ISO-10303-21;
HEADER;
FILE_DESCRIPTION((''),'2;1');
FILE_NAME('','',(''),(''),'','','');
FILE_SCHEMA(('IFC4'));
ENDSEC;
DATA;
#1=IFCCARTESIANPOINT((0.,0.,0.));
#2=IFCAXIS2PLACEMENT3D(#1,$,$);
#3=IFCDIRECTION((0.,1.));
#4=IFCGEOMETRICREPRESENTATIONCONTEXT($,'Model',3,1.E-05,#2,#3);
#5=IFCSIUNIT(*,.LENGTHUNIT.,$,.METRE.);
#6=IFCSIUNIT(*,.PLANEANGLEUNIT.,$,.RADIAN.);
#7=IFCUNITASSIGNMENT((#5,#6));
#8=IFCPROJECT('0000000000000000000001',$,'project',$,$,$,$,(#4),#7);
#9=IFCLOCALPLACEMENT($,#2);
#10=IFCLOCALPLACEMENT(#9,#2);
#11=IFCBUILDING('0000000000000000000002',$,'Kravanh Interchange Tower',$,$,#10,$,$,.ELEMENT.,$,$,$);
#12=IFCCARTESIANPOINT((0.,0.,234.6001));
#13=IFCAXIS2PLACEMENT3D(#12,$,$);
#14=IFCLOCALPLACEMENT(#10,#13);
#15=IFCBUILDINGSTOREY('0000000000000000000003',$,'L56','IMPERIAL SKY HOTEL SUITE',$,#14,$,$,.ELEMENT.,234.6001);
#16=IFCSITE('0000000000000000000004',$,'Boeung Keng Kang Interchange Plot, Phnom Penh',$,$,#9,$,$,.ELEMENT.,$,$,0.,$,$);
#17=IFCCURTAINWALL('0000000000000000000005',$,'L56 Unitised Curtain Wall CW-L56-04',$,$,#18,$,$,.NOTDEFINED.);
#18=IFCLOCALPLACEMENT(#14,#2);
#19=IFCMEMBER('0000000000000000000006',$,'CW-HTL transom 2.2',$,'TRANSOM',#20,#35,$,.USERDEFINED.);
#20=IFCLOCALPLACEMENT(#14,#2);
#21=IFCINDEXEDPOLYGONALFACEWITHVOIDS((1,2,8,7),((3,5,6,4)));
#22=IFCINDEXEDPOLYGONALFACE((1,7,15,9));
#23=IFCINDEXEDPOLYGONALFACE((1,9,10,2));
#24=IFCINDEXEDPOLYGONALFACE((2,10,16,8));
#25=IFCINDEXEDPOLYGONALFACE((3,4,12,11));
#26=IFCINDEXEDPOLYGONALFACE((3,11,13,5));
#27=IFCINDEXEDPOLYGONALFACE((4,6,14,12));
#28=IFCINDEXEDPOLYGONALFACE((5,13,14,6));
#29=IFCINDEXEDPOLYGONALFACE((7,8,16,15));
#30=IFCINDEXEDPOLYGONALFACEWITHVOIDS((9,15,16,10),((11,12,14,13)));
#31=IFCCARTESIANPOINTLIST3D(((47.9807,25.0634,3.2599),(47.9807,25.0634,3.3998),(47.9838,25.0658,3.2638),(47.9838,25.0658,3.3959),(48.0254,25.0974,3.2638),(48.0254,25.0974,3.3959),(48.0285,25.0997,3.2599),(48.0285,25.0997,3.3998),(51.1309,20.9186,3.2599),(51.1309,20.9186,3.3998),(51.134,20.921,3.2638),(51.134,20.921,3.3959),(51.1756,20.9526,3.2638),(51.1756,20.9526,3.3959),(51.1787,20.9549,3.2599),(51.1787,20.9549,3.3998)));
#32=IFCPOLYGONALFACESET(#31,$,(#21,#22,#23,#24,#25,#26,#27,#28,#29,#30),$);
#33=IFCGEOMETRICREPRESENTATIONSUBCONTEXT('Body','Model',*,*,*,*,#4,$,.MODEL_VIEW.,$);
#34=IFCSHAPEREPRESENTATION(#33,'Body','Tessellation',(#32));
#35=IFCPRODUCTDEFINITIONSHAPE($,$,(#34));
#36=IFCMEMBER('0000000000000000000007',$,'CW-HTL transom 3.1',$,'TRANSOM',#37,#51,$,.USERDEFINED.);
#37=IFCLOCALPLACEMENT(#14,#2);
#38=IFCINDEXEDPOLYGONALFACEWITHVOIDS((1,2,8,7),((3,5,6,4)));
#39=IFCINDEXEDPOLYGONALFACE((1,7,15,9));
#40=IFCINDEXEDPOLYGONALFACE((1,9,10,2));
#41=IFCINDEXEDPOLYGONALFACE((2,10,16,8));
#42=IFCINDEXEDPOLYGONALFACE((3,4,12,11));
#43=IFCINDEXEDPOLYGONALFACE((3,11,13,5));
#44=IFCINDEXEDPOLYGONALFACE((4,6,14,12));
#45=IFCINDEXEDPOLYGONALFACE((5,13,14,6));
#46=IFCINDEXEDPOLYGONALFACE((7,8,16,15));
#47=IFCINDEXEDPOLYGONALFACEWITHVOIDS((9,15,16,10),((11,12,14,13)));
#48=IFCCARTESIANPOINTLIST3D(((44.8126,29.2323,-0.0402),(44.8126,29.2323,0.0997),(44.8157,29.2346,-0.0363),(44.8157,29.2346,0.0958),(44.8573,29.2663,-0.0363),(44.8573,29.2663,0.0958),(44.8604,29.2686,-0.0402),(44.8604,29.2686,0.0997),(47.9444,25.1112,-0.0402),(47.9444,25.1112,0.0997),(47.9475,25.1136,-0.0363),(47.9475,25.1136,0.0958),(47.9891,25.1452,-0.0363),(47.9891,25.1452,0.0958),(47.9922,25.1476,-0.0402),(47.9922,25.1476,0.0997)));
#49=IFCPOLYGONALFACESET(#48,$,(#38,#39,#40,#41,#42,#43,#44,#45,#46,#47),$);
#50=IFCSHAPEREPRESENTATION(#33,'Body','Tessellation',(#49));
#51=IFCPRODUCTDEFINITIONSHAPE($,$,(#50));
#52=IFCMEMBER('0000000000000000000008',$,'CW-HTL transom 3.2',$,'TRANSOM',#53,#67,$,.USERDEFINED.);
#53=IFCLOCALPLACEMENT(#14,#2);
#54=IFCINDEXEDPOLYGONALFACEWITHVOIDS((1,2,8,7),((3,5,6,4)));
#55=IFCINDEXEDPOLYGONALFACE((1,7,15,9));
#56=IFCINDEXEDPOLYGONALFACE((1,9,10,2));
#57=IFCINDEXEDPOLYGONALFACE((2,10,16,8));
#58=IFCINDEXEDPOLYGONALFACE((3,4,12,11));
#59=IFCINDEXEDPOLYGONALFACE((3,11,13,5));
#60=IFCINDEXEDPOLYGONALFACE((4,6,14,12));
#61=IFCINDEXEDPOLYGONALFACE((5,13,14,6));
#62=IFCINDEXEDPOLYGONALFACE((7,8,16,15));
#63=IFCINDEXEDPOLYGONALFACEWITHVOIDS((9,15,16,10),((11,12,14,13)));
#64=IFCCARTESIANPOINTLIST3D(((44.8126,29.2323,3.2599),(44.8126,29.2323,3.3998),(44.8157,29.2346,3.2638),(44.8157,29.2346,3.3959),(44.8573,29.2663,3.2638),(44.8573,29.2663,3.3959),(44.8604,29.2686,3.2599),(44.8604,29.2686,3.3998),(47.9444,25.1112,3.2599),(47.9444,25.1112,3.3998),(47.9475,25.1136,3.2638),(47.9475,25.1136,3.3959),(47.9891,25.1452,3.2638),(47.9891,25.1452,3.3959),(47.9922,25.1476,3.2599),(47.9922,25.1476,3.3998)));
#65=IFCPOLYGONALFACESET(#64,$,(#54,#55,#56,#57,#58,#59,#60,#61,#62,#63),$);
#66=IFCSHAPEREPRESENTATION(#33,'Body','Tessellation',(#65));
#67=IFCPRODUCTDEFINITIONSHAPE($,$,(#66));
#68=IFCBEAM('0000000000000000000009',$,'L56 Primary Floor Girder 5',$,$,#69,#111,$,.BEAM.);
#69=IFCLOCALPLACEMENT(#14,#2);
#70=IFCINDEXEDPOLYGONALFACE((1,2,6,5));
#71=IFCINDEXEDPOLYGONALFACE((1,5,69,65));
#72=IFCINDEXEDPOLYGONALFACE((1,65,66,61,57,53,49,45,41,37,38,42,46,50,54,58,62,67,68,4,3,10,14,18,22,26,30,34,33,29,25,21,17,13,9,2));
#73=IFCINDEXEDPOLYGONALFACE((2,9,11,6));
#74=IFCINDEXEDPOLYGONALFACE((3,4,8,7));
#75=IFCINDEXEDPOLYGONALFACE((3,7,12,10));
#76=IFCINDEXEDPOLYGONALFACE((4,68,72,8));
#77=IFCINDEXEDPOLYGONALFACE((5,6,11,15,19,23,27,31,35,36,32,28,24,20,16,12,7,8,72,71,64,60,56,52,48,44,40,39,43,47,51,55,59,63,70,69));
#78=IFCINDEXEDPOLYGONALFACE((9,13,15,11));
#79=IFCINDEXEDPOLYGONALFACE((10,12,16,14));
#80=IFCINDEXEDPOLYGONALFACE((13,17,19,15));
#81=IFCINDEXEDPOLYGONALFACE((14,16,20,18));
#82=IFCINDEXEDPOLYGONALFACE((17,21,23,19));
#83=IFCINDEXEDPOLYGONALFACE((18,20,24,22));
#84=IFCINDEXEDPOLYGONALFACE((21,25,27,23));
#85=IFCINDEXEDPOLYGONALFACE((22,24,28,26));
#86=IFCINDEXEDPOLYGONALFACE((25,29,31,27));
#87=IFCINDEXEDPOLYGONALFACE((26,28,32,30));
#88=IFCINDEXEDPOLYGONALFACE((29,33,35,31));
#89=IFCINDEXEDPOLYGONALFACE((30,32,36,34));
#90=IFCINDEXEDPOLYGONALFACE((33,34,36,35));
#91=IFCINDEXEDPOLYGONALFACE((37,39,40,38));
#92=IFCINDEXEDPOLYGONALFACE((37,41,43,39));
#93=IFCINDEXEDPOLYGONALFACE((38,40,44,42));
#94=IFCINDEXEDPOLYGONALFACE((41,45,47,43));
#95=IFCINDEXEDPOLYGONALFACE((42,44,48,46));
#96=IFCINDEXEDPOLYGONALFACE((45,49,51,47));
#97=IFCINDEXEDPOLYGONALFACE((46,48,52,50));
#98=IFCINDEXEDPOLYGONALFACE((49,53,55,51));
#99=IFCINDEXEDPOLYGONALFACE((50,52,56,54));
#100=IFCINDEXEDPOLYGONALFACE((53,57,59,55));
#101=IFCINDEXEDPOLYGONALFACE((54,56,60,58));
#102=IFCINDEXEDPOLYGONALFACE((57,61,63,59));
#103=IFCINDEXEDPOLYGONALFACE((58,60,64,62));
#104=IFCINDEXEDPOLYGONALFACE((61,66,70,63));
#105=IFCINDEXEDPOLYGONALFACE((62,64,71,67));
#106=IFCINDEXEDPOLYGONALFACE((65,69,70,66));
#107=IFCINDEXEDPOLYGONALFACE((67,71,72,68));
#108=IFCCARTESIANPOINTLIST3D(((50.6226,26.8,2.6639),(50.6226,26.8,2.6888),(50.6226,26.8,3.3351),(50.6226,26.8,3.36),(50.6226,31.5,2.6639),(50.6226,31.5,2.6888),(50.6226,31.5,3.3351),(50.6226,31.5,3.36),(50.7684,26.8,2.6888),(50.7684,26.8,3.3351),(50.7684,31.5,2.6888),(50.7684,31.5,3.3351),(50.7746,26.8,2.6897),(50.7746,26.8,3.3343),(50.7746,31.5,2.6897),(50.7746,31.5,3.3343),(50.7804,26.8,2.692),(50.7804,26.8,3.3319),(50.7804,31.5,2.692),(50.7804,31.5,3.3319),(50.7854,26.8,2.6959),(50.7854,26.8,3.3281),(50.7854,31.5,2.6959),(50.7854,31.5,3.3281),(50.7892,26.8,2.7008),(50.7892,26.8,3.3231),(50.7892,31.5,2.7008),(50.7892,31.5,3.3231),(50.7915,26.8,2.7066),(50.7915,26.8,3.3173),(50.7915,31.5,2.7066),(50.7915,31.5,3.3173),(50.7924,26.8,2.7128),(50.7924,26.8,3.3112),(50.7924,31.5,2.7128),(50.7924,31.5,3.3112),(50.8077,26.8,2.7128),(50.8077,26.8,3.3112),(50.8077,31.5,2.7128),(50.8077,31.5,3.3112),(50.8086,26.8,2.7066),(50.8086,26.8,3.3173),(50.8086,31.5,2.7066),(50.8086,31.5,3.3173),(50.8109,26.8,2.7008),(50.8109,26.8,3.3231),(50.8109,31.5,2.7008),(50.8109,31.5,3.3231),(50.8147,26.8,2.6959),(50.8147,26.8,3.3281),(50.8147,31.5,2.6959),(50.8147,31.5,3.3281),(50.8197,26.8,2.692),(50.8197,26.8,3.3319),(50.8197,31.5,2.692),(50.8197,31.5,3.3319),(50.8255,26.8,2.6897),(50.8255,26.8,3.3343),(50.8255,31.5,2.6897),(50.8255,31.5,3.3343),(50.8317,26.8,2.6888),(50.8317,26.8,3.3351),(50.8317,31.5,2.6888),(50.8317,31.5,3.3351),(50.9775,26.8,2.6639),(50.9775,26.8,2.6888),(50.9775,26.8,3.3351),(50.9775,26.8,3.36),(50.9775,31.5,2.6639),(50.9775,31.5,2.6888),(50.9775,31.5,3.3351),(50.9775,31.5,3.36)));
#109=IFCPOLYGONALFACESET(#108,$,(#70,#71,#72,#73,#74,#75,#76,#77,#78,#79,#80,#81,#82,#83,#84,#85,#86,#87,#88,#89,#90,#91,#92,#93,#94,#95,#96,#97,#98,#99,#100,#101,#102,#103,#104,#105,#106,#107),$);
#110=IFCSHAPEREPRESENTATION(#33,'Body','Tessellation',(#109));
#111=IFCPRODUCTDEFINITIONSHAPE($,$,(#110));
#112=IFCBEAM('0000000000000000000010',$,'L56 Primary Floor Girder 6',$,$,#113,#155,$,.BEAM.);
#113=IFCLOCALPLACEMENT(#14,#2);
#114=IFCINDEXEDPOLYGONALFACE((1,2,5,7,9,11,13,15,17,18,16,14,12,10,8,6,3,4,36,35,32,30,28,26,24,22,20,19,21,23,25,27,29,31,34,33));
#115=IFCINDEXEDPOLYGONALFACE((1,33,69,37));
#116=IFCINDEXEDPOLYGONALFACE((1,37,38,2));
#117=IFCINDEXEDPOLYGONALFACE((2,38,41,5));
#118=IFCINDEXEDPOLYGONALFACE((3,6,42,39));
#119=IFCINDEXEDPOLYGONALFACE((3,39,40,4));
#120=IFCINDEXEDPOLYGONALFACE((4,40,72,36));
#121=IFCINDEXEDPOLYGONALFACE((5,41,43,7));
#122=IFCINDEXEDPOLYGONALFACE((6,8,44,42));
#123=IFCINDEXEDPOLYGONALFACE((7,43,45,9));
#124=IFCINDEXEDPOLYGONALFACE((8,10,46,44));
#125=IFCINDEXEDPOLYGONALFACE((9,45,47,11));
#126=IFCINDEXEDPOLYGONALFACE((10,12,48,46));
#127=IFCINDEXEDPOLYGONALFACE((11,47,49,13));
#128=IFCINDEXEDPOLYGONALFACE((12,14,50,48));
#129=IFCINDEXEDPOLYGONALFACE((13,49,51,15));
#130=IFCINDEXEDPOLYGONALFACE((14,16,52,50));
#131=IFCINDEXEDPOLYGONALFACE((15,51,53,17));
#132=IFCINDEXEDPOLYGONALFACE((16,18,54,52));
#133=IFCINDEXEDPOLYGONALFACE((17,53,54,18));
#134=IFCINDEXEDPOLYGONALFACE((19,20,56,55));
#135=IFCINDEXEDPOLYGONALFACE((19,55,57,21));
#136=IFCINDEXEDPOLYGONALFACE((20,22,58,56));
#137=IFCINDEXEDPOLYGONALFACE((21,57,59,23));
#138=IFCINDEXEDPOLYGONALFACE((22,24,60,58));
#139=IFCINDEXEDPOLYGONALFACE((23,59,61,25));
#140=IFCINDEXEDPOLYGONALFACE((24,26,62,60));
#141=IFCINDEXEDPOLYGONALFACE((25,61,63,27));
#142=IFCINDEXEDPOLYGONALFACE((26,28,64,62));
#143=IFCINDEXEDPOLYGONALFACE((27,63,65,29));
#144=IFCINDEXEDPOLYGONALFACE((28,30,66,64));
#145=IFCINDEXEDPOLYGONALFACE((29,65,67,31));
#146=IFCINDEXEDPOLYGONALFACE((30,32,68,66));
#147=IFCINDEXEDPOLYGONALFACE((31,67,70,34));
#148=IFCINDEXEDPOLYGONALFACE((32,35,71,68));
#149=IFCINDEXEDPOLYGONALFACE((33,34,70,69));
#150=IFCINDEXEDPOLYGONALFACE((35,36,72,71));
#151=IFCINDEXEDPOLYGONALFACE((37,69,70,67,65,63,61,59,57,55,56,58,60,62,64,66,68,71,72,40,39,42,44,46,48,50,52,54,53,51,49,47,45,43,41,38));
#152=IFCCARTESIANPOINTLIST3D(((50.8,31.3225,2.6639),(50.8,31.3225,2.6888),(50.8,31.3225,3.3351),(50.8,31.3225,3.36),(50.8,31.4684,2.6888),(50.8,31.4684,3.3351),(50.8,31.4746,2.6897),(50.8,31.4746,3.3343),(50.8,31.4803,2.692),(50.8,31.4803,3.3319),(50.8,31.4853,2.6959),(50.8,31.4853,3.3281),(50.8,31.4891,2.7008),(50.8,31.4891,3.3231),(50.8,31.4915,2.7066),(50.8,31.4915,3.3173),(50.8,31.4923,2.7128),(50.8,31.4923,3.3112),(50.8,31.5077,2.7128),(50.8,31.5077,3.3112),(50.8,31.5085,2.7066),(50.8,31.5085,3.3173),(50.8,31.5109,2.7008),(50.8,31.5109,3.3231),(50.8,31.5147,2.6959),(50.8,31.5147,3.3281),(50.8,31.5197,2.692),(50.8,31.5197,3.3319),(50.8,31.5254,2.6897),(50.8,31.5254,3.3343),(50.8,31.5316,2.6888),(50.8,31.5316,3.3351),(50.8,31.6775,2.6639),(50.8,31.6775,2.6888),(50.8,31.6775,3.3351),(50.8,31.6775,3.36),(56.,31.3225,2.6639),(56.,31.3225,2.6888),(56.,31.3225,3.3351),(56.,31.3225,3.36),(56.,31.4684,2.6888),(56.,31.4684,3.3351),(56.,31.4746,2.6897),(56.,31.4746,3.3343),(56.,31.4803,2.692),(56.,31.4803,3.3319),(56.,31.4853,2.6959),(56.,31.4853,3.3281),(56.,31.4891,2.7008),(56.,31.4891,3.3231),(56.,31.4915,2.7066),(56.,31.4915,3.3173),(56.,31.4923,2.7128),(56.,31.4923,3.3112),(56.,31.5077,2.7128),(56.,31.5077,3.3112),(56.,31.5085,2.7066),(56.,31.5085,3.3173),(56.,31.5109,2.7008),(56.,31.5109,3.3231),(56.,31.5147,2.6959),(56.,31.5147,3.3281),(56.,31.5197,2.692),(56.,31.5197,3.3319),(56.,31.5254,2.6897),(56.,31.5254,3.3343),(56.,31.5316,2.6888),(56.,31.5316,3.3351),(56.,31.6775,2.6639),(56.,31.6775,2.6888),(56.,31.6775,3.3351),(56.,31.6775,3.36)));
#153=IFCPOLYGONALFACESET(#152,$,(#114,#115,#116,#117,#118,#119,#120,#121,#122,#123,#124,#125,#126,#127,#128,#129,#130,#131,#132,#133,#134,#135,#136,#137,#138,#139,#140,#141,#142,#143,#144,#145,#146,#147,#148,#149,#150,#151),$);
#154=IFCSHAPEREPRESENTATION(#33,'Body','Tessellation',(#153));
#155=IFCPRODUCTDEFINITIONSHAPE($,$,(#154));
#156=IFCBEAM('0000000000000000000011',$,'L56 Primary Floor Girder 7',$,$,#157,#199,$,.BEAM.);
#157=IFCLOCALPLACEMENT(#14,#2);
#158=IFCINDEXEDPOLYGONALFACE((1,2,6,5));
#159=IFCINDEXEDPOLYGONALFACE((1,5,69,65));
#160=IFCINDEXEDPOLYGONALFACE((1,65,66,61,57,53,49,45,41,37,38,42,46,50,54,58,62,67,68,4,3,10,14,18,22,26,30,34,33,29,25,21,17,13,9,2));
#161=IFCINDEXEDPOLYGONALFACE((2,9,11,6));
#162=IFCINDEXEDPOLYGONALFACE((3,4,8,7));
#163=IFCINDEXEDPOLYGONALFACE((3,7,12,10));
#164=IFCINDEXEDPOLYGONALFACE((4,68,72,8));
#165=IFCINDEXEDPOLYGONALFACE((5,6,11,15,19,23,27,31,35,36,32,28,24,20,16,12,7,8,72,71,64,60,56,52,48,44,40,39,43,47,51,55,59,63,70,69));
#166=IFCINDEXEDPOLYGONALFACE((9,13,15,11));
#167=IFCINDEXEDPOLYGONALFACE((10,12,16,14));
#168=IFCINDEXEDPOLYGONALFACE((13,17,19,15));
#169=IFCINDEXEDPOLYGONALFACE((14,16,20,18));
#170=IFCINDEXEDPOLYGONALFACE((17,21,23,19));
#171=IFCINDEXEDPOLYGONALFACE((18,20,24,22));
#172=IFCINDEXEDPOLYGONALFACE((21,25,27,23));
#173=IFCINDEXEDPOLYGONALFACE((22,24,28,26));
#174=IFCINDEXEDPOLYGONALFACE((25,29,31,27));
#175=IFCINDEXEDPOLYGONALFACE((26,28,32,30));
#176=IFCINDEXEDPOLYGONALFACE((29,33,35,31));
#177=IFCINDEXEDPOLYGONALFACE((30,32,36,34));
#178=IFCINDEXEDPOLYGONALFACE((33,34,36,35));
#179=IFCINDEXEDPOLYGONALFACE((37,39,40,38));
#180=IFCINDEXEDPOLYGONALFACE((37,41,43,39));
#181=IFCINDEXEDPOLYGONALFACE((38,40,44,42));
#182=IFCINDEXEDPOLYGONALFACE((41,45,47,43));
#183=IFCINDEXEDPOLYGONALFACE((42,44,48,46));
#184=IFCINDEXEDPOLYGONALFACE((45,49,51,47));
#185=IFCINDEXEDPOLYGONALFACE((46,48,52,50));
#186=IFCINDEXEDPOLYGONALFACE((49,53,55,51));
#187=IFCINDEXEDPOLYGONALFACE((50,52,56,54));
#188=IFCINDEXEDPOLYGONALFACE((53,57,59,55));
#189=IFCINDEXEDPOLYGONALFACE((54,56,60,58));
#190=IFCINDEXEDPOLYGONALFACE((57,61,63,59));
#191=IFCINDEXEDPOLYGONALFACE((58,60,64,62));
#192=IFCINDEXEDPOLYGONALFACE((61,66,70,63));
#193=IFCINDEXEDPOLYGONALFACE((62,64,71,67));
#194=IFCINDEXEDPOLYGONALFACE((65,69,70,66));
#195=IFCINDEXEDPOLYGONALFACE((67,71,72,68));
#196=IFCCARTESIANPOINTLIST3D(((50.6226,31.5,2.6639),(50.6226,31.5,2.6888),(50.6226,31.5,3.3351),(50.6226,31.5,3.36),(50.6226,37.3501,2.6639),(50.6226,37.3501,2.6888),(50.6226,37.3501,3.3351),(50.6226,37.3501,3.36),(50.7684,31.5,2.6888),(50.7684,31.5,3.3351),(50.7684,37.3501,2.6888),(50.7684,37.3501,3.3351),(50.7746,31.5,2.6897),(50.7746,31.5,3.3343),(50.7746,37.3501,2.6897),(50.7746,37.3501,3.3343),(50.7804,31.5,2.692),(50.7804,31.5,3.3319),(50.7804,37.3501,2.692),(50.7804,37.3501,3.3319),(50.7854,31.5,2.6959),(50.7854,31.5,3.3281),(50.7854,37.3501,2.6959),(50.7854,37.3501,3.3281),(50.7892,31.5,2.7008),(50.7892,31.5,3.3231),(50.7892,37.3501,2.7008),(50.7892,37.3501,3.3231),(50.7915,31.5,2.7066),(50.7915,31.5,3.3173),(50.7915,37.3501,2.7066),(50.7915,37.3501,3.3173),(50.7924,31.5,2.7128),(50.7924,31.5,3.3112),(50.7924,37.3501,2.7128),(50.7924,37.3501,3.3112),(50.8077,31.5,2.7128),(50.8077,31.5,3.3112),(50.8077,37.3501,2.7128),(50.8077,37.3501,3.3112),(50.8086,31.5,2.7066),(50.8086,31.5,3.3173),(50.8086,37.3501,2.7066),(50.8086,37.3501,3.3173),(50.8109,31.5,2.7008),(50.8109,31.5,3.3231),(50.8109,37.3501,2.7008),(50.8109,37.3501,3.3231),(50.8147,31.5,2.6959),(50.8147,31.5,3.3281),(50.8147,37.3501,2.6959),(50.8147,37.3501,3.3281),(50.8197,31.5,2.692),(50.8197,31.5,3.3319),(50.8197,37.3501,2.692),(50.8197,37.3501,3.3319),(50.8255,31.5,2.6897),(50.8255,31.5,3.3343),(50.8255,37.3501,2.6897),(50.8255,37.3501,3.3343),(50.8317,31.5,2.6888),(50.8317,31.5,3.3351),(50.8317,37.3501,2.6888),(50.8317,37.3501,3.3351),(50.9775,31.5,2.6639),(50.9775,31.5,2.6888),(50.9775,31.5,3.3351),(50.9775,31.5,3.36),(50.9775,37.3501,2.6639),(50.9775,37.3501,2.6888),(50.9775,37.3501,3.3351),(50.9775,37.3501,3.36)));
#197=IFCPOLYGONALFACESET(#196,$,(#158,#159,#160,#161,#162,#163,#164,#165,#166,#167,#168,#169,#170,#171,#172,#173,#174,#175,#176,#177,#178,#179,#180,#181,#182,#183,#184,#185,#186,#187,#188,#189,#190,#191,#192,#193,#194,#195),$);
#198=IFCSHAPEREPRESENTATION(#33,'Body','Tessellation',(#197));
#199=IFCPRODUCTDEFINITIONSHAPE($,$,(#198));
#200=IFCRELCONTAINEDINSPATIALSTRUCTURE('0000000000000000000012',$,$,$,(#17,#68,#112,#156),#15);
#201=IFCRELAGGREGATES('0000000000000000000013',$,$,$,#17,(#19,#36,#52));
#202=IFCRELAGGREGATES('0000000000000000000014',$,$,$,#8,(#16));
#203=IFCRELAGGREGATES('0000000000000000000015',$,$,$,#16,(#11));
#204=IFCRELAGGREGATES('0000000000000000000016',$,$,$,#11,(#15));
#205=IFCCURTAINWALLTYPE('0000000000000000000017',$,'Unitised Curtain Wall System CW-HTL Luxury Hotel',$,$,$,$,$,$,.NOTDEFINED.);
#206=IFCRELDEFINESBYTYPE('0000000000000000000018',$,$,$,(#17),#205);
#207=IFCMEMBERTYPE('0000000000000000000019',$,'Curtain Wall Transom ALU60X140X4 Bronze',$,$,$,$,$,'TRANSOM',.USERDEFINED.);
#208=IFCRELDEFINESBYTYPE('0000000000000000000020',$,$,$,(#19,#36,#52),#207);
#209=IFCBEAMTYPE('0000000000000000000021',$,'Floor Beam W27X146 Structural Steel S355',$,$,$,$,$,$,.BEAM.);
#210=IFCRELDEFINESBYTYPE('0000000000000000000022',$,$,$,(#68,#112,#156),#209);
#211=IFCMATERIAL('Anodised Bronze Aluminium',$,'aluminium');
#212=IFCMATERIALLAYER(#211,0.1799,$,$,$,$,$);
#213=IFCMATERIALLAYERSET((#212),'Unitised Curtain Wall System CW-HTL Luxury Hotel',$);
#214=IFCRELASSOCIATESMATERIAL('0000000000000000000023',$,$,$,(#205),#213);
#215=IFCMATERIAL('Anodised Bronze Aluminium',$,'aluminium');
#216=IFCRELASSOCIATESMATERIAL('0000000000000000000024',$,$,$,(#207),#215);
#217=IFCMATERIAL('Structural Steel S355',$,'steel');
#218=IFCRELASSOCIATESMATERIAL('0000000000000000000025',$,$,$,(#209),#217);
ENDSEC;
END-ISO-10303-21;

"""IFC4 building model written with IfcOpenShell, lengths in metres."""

from ifc_helpers import new_model, si_unit, direction, frame, origin, origin_2d, place, context, subcontext, project, spatial, hollow_rectangle, i_section, extrude, material, layer, layer_set, material_profile, profile_set, type_object, element, aggregate, save


model = new_model("IFC4")

# Units and contexts
model_context = context("Model", 3, precision=1e-05, world=origin(), true_north=direction((0.0, 1.0)))
body_context = subcontext(model_context, "Body", "Model", "MODEL_VIEW")
ifc_project = project(units=[si_unit("LENGTHUNIT", "METRE"), si_unit("PLANEANGLEUNIT", "RADIAN")], contexts=[model_context])

# Site, building, storey
site_placement = place(None, origin())
site = spatial("IfcSite", under=ifc_project, at=site_placement, Name="Boeung Keng Kang Interchange Plot, Phnom Penh", CompositionType="ELEMENT", RefElevation=0.0)
building_placement = place(site_placement, origin())
building = spatial("IfcBuilding", under=site, at=building_placement, Name="Kravanh Interchange Tower", CompositionType="ELEMENT")
storey_placement = place(building_placement, frame((0.0, 0.0, 234.6001)))
storey = spatial("IfcBuildingStorey", under=building, at=storey_placement, Name="L56", Description="IMPERIAL SKY HOTEL SUITE", CompositionType="ELEMENT", Elevation=234.6001)

# Shared definitions
ifc_material_1 = material(Name="Anodised Bronze Aluminium", Category="aluminium")
ifc_layer_1 = layer(ifc_material_1, 0.1799)
ifc_layer_set_1 = layer_set([ifc_layer_1], Name="Unitised Curtain Wall System CW-HTL Luxury Hotel")
curtain_wall_type = type_object("IfcCurtainWallType", Name="Unitised Curtain Wall System CW-HTL Luxury Hotel", PredefinedType="NOTDEFINED", material=ifc_layer_set_1)

# Curtain wall, members
curtain_wall_1_placement = place(storey_placement, origin())
curtain_wall_1 = element("IfcCurtainWall", 1, at=curtain_wall_1_placement, inside=storey, type_object=curtain_wall_type, Name="L56 Unitised Curtain Wall CW-L56-04", PredefinedType="NOTDEFINED")
ifc_material_2 = material(Name="Anodised Bronze Aluminium", Category="aluminium")
ifc_material_profile_1 = material_profile(ifc_material_2, hollow_rectangle(XDim=0.0601, YDim=0.1399, WallThickness=0.0039, at=origin_2d()), Name="ALU60X140X4")
ifc_profile_set_1 = profile_set([ifc_material_profile_1], Name="Anodised Bronze Aluminium")
member_type_1 = type_object("IfcMemberType", Name="Curtain Wall Transom ALU60X140X4 Bronze", ElementType="TRANSOM", PredefinedType="USERDEFINED", material=ifc_profile_set_1)
member_1_placement = place(storey_placement, frame((51.1548, 20.9368, 3.3298), z_axis=(-0.605098, 0.796151, 0.0), x_axis=(-0.796151, -0.605098, 0.0)))
member_1 = element("IfcMember", 2, at=member_1_placement, type_object=member_type_1, Name="CW-HTL transom 2.2", ObjectType="TRANSOM", PredefinedType="USERDEFINED", context=body_context, shape_type="SweptSolid", body=[
    extrude(hollow_rectangle(XDim=0.0601, YDim=0.1399, WallThickness=0.0039, at=origin_2d()), origin(), (0.0, 0.0, 1.0), 5.2061),
])
member_2_placement = place(storey_placement, frame((47.9683, 25.1294, 0.0298), z_axis=(-0.605059, 0.79618, 0.0), x_axis=(-0.79618, -0.605059, 0.0)))
member_2 = element("IfcMember", 3, at=member_2_placement, type_object=member_type_1, Name="CW-HTL transom 3.1", ObjectType="TRANSOM", PredefinedType="USERDEFINED", context=body_context, shape_type="SweptSolid", body=[
    extrude(hollow_rectangle(XDim=0.0601, YDim=0.1399, WallThickness=0.0039, at=origin_2d()), origin(), (0.0, 0.0, 1.0), 5.176),
])
member_3_placement = place(storey_placement, frame((47.9683, 25.1294, 3.3298), z_axis=(-0.605059, 0.79618, 0.0), x_axis=(-0.79618, -0.605059, 0.0)))
member_3 = element("IfcMember", 4, at=member_3_placement, type_object=member_type_1, Name="CW-HTL transom 3.2", ObjectType="TRANSOM", PredefinedType="USERDEFINED", context=body_context, shape_type="SweptSolid", body=[
    extrude(hollow_rectangle(XDim=0.0601, YDim=0.1399, WallThickness=0.0039, at=origin_2d()), origin(), (0.0, 0.0, 1.0), 5.176),
])

# Beams
ifc_material_3 = material(Name="Structural Steel S355", Category="steel")
ifc_material_profile_2 = material_profile(ifc_material_3, i_section(OverallWidth=0.355, OverallDepth=0.696, WebThickness=0.0154, FlangeThickness=0.0249, FilletRadius=0.0239, at=origin_2d()), Name="W27X146")
ifc_profile_set_2 = profile_set([ifc_material_profile_2], Name="Structural Steel S355")
beam_type_1 = type_object("IfcBeamType", Name="Floor Beam W27X146 Structural Steel S355", PredefinedType="BEAM", material=ifc_profile_set_2)
beam_1_placement = place(storey_placement, frame((50.8, 31.5, 3.012), z_axis=(0.0, -1.0, 0.0), x_axis=(1.0, 0.0, 0.0)))
element("IfcBeam", 5, at=beam_1_placement, inside=storey, type_object=beam_type_1, Name="L56 Primary Floor Girder 5", PredefinedType="BEAM", context=body_context, shape_type="SweptSolid", body=[
    extrude(i_section(OverallWidth=0.355, OverallDepth=0.696, WebThickness=0.0154, FlangeThickness=0.0249, FilletRadius=0.0239, at=origin_2d()), origin(), (0.0, 0.0, 1.0), 4.7),
])
beam_2_placement = place(storey_placement, frame((50.8, 31.5, 3.012), z_axis=(1.0, 0.0, 0.0), x_axis=(0.0, 1.0, 0.0)))
element("IfcBeam", 6, at=beam_2_placement, inside=storey, type_object=beam_type_1, Name="L56 Primary Floor Girder 6", PredefinedType="BEAM", context=body_context, shape_type="SweptSolid", body=[
    extrude(i_section(OverallWidth=0.355, OverallDepth=0.696, WebThickness=0.0154, FlangeThickness=0.0249, FilletRadius=0.0239, at=origin_2d()), origin(), (0.0, 0.0, 1.0), 5.2),
])
beam_3_placement = place(storey_placement, frame((50.8, 31.5, 3.012), z_axis=(0.0, 1.0, 0.0), x_axis=(-1.0, 0.0, 0.0)))
element("IfcBeam", 7, at=beam_3_placement, inside=storey, type_object=beam_type_1, Name="L56 Primary Floor Girder 7", PredefinedType="BEAM", context=body_context, shape_type="SweptSolid", body=[
    extrude(i_section(OverallWidth=0.355, OverallDepth=0.696, WebThickness=0.0154, FlangeThickness=0.0249, FilletRadius=0.0239, at=origin_2d()), origin(), (0.0, 0.0, 1.0), 5.8501),
])

aggregate(curtain_wall_1, [member_1, member_2, member_3])

save(model, "model.ifc")
